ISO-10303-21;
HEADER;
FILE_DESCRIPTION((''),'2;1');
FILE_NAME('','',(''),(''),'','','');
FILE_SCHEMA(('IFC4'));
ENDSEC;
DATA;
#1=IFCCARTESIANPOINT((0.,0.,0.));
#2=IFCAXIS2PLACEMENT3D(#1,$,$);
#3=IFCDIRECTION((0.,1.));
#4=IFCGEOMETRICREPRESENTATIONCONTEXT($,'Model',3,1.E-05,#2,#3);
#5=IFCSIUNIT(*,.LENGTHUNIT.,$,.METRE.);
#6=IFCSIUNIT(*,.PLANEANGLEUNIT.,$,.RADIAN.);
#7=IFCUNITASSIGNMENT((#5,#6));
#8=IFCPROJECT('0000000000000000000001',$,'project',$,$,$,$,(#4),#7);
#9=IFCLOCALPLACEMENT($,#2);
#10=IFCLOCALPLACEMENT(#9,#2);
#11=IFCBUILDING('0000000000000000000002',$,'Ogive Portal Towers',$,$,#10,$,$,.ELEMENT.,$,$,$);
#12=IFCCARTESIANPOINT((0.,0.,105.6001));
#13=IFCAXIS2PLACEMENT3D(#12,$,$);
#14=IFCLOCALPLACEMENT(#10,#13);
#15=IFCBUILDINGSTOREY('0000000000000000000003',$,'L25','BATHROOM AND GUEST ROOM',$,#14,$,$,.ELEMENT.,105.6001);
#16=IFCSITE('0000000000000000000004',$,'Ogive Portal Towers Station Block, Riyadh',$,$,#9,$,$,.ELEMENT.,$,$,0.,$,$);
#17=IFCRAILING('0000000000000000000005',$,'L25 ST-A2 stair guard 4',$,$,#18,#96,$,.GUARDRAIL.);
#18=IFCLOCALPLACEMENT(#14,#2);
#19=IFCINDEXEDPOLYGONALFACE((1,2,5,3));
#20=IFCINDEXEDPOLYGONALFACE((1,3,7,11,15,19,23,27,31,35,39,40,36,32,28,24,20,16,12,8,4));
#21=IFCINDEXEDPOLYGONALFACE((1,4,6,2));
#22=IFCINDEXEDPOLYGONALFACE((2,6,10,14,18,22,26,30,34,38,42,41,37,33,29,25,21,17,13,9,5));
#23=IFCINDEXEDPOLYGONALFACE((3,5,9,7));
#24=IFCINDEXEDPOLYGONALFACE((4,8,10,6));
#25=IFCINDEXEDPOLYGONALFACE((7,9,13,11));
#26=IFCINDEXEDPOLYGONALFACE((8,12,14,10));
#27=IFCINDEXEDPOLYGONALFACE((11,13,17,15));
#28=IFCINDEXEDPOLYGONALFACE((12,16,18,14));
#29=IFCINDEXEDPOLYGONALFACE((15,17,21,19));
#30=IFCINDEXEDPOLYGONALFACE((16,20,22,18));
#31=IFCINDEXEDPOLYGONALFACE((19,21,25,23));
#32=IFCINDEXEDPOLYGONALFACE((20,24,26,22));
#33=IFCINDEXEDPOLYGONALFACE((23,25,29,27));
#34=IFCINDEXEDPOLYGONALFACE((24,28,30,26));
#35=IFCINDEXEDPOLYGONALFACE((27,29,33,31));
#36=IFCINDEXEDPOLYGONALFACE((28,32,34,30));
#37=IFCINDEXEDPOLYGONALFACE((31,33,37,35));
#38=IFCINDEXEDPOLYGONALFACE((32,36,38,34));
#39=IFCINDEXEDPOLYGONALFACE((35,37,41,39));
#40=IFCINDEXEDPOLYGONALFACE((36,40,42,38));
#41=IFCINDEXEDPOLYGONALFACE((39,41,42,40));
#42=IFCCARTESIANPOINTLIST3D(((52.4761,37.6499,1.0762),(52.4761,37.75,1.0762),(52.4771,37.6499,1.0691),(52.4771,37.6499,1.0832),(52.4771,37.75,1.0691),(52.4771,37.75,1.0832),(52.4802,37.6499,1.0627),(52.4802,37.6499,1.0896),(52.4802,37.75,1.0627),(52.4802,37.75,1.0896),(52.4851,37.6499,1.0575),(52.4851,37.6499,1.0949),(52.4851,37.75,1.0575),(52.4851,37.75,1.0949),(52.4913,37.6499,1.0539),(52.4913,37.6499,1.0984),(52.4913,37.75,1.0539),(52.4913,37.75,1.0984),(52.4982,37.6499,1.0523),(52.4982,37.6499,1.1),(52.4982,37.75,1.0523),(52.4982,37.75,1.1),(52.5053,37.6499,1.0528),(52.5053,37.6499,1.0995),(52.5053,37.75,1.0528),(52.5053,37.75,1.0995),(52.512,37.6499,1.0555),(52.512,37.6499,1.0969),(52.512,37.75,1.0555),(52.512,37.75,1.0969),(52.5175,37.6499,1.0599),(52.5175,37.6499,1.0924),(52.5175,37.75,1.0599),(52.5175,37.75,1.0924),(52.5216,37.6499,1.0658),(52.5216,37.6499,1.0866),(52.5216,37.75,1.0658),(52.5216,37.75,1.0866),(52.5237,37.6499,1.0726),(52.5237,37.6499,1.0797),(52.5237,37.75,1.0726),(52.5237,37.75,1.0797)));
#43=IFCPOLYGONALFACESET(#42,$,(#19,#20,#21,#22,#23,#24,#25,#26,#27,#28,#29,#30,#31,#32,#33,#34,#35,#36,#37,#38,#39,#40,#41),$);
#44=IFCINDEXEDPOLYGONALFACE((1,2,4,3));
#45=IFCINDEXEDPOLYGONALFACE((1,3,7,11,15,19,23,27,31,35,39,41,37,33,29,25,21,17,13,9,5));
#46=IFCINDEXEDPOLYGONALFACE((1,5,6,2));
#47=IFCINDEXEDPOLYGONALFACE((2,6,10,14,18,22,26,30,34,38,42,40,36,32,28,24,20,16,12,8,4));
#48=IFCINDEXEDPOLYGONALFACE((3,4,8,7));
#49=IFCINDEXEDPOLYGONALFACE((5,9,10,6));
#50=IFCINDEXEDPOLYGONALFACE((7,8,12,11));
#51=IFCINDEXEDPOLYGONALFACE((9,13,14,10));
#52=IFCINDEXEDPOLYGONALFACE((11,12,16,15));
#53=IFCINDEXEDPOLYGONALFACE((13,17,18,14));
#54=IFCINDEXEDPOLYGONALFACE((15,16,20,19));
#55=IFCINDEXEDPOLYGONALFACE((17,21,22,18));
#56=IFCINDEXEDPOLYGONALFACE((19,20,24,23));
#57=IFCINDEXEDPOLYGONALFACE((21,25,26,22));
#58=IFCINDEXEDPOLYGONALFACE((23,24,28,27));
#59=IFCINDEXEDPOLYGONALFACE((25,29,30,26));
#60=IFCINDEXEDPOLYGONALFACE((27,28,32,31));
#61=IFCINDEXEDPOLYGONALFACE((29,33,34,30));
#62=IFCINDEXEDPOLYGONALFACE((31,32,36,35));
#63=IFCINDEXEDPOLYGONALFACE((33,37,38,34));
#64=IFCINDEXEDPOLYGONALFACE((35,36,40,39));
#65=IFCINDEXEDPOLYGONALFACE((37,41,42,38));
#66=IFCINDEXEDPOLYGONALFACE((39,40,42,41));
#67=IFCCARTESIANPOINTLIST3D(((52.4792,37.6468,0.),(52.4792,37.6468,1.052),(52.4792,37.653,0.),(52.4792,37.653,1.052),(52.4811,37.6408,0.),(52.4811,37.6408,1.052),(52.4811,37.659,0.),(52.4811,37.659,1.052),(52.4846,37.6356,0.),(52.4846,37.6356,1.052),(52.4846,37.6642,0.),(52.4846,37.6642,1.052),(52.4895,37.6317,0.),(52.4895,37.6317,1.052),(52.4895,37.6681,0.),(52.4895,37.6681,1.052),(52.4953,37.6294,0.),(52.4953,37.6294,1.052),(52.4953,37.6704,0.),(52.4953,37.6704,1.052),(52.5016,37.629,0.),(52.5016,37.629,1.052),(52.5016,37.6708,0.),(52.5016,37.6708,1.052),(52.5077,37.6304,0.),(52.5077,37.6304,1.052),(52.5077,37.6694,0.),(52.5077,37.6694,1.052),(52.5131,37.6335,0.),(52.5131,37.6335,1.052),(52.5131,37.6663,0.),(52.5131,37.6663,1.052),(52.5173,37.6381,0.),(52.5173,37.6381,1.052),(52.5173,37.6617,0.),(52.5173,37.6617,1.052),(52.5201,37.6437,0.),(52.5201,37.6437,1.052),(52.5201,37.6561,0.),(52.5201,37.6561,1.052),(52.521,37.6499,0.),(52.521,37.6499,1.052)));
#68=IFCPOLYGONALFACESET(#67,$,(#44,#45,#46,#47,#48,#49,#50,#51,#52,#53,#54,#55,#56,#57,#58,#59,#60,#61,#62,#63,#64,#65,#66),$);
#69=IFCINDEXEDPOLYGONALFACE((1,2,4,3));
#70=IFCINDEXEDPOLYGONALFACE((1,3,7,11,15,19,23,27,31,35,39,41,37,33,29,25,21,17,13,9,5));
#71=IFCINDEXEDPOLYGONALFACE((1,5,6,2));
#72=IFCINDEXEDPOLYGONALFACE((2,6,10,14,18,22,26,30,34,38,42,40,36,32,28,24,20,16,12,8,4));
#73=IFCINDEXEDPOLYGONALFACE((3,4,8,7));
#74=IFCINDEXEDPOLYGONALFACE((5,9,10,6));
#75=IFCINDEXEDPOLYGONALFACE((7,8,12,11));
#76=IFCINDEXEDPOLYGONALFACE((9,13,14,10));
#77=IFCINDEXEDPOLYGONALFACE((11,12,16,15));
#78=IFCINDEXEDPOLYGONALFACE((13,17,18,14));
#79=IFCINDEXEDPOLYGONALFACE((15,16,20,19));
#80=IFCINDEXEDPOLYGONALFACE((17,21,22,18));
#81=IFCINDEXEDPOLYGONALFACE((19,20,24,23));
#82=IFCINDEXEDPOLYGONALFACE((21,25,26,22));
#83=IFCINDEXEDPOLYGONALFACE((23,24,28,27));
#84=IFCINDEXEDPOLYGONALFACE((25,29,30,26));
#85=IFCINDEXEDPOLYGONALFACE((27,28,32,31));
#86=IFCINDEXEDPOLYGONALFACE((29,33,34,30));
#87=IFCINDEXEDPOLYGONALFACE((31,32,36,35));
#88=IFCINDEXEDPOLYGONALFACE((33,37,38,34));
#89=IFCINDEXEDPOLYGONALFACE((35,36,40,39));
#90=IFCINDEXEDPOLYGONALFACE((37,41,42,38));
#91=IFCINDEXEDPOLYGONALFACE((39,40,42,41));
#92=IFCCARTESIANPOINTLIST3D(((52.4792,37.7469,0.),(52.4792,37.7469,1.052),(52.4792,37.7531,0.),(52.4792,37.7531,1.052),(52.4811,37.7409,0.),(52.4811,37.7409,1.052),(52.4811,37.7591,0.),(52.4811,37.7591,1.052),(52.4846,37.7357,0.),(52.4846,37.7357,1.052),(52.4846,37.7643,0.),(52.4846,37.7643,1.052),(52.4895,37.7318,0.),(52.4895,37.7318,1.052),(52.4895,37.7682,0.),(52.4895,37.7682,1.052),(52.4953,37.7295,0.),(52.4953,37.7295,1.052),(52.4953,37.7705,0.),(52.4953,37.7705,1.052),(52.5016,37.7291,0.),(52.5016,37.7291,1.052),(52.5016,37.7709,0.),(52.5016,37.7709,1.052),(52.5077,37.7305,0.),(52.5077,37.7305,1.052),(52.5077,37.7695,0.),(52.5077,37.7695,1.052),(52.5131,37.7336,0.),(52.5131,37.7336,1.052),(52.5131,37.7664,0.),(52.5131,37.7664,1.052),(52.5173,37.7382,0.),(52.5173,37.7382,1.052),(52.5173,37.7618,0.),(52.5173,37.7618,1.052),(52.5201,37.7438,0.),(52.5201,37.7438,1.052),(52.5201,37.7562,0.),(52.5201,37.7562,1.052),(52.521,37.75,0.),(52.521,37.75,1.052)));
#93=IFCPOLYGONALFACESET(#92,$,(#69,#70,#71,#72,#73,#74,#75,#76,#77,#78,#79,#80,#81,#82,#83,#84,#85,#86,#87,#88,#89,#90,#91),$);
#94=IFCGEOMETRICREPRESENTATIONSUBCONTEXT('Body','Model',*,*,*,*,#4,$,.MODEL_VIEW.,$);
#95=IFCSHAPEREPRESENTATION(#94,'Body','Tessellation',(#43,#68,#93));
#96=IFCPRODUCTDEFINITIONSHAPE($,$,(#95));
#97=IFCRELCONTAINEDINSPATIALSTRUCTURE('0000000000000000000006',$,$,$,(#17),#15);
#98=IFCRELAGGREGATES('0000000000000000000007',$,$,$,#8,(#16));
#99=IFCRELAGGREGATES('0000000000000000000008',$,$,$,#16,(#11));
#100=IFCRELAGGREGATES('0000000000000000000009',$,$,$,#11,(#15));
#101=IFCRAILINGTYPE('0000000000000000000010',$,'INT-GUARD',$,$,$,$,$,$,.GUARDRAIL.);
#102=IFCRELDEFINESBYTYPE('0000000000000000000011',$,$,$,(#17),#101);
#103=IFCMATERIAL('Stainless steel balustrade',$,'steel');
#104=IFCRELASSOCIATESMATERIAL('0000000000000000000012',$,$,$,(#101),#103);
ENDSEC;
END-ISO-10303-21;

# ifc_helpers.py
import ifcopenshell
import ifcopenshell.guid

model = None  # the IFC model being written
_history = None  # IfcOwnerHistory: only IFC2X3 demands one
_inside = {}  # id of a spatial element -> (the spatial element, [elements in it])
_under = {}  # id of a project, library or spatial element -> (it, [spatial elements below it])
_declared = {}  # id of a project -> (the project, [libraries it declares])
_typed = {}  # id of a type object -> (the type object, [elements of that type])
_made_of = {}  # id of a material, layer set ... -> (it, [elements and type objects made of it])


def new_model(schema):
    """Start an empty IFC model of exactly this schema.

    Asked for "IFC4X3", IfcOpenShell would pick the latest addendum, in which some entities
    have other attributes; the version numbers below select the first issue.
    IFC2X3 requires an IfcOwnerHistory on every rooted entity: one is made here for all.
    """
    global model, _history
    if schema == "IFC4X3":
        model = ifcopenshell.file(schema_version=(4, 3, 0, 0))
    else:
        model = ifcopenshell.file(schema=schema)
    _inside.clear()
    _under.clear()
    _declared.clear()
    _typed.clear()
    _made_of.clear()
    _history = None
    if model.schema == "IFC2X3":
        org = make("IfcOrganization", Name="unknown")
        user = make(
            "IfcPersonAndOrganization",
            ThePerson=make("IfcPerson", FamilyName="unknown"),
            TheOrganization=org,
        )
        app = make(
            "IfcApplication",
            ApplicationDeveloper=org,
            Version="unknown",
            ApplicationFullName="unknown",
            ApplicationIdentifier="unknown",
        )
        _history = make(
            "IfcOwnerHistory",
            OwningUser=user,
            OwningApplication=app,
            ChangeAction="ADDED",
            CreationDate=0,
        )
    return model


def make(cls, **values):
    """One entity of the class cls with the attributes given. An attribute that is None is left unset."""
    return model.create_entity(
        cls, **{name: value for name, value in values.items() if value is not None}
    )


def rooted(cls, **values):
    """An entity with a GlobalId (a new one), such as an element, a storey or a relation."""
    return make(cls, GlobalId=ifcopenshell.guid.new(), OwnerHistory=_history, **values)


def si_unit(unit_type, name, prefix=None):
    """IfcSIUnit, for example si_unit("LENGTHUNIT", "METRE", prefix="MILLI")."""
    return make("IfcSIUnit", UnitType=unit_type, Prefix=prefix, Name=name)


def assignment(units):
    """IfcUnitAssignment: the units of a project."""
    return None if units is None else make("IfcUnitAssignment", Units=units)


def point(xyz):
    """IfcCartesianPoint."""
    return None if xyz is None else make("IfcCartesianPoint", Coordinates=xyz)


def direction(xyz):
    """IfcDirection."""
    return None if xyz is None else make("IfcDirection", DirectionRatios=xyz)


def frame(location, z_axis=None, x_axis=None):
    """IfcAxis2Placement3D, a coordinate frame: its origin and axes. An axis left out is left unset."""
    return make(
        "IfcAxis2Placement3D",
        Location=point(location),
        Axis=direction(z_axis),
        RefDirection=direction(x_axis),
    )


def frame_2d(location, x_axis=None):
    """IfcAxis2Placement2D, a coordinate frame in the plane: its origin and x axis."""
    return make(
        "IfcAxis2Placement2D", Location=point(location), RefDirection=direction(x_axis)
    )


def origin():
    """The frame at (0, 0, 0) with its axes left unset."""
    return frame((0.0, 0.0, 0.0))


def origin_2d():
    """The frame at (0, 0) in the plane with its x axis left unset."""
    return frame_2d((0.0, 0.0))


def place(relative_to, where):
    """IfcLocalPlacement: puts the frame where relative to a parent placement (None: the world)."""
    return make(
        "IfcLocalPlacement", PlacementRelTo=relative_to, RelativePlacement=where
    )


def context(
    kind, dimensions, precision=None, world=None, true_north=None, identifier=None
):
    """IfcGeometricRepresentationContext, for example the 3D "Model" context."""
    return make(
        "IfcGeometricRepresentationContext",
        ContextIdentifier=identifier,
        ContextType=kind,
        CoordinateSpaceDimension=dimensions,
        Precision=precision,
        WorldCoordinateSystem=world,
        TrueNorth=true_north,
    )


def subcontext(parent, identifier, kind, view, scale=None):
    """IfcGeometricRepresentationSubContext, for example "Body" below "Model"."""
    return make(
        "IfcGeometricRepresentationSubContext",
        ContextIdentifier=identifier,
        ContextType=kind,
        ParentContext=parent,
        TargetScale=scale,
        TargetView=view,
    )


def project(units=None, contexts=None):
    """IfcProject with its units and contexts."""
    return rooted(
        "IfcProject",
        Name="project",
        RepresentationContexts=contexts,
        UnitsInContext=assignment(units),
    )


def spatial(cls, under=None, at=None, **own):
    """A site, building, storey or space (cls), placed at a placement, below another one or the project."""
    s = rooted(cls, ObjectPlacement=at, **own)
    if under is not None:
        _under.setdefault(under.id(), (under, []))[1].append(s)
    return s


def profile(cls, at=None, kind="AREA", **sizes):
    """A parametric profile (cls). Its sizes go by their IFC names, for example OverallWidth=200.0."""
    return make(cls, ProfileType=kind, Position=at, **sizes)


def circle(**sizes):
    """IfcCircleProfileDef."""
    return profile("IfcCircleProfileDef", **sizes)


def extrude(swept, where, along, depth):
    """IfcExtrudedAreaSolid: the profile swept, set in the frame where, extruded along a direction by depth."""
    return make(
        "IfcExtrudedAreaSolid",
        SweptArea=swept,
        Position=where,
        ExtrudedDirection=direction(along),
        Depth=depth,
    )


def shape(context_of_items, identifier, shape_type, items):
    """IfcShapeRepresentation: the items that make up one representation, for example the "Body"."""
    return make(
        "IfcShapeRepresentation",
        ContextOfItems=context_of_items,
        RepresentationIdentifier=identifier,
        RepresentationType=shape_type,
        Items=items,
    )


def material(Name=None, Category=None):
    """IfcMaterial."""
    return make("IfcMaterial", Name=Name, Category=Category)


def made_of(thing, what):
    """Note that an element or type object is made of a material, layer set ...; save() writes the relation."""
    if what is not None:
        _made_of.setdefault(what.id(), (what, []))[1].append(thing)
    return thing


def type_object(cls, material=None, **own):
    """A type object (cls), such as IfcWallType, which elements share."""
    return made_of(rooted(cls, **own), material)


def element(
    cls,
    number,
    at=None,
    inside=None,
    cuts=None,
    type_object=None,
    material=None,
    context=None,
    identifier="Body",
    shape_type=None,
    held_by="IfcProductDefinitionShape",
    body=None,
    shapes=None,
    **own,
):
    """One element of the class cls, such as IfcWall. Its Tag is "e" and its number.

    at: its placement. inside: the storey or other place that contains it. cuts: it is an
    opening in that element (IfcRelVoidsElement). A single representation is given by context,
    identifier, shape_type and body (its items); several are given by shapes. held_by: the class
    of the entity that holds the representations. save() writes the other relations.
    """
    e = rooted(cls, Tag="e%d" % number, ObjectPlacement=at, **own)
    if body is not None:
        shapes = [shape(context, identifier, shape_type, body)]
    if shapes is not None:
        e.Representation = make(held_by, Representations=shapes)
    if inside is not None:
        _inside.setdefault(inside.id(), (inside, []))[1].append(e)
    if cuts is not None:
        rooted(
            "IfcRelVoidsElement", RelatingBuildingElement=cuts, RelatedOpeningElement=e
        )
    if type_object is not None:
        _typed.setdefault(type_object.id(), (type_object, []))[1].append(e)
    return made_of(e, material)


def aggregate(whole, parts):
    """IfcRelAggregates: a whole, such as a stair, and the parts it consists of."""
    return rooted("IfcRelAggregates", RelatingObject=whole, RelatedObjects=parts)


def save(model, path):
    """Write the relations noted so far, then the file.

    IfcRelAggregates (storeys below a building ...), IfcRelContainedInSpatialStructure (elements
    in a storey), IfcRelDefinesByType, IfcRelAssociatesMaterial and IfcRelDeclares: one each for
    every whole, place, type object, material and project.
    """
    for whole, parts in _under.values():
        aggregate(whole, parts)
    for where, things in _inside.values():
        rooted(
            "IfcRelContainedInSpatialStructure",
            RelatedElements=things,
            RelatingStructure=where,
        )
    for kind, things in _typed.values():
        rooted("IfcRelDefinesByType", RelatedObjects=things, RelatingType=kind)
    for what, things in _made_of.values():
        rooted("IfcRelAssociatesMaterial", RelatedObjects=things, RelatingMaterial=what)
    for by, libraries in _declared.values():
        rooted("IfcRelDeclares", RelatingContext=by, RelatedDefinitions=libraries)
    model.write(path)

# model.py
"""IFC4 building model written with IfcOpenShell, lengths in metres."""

from ifc_helpers import new_model, si_unit, direction, frame, origin, origin_2d, place, context, subcontext, project, spatial, circle, extrude, material, type_object, element, save


model = new_model("IFC4")

# Units and contexts
model_context = context("Model", 3, precision=1e-05, world=origin(), true_north=direction((0.0, 1.0)))
body_context = subcontext(model_context, "Body", "Model", "MODEL_VIEW")
ifc_project = project(units=[si_unit("LENGTHUNIT", "METRE"), si_unit("PLANEANGLEUNIT", "RADIAN")], contexts=[model_context])

# Site, building, storey
site_placement = place(None, origin())
site = spatial("IfcSite", under=ifc_project, at=site_placement, Name="Ogive Portal Towers Station Block, Riyadh", CompositionType="ELEMENT", RefElevation=0.0)
building_placement = place(site_placement, origin())
building = spatial("IfcBuilding", under=site, at=building_placement, Name="Ogive Portal Towers", CompositionType="ELEMENT")
storey_placement = place(building_placement, frame((0.0, 0.0, 105.6001)))
storey = spatial("IfcBuildingStorey", under=building, at=storey_placement, Name="L25", Description="BATHROOM AND GUEST ROOM", CompositionType="ELEMENT", Elevation=105.6001)

# Railing
ifc_material_1 = material(Name="Stainless steel balustrade", Category="steel")
railing_type_1 = type_object("IfcRailingType", Name="INT-GUARD", PredefinedType="GUARDRAIL", material=ifc_material_1)
railing_1_placement = place(storey_placement, frame((52.5, 37.6499, 0.0)))
element("IfcRailing", 1, at=railing_1_placement, inside=storey, type_object=railing_type_1, Name="L25 ST-A2 stair guard 4", PredefinedType="GUARDRAIL", context=body_context, shape_type="SweptSolid", body=[
    extrude(circle(Radius=0.0239, at=origin_2d()), frame((0.0, 0.0, 1.0762), z_axis=(0.0, 1.0, 0.0), x_axis=(-1.0, 0.0, 0.0)), (0.0, 0.0, 1.0), 0.1001),
    extrude(circle(Radius=0.021, at=origin_2d()), origin(), (0.0, 0.0, 1.0), 1.052),
    extrude(circle(Radius=0.021, at=origin_2d()), frame((0.0, 0.1001, 0.0)), (0.0, 0.0, 1.0), 1.052),
])

save(model, "model.ifc")
